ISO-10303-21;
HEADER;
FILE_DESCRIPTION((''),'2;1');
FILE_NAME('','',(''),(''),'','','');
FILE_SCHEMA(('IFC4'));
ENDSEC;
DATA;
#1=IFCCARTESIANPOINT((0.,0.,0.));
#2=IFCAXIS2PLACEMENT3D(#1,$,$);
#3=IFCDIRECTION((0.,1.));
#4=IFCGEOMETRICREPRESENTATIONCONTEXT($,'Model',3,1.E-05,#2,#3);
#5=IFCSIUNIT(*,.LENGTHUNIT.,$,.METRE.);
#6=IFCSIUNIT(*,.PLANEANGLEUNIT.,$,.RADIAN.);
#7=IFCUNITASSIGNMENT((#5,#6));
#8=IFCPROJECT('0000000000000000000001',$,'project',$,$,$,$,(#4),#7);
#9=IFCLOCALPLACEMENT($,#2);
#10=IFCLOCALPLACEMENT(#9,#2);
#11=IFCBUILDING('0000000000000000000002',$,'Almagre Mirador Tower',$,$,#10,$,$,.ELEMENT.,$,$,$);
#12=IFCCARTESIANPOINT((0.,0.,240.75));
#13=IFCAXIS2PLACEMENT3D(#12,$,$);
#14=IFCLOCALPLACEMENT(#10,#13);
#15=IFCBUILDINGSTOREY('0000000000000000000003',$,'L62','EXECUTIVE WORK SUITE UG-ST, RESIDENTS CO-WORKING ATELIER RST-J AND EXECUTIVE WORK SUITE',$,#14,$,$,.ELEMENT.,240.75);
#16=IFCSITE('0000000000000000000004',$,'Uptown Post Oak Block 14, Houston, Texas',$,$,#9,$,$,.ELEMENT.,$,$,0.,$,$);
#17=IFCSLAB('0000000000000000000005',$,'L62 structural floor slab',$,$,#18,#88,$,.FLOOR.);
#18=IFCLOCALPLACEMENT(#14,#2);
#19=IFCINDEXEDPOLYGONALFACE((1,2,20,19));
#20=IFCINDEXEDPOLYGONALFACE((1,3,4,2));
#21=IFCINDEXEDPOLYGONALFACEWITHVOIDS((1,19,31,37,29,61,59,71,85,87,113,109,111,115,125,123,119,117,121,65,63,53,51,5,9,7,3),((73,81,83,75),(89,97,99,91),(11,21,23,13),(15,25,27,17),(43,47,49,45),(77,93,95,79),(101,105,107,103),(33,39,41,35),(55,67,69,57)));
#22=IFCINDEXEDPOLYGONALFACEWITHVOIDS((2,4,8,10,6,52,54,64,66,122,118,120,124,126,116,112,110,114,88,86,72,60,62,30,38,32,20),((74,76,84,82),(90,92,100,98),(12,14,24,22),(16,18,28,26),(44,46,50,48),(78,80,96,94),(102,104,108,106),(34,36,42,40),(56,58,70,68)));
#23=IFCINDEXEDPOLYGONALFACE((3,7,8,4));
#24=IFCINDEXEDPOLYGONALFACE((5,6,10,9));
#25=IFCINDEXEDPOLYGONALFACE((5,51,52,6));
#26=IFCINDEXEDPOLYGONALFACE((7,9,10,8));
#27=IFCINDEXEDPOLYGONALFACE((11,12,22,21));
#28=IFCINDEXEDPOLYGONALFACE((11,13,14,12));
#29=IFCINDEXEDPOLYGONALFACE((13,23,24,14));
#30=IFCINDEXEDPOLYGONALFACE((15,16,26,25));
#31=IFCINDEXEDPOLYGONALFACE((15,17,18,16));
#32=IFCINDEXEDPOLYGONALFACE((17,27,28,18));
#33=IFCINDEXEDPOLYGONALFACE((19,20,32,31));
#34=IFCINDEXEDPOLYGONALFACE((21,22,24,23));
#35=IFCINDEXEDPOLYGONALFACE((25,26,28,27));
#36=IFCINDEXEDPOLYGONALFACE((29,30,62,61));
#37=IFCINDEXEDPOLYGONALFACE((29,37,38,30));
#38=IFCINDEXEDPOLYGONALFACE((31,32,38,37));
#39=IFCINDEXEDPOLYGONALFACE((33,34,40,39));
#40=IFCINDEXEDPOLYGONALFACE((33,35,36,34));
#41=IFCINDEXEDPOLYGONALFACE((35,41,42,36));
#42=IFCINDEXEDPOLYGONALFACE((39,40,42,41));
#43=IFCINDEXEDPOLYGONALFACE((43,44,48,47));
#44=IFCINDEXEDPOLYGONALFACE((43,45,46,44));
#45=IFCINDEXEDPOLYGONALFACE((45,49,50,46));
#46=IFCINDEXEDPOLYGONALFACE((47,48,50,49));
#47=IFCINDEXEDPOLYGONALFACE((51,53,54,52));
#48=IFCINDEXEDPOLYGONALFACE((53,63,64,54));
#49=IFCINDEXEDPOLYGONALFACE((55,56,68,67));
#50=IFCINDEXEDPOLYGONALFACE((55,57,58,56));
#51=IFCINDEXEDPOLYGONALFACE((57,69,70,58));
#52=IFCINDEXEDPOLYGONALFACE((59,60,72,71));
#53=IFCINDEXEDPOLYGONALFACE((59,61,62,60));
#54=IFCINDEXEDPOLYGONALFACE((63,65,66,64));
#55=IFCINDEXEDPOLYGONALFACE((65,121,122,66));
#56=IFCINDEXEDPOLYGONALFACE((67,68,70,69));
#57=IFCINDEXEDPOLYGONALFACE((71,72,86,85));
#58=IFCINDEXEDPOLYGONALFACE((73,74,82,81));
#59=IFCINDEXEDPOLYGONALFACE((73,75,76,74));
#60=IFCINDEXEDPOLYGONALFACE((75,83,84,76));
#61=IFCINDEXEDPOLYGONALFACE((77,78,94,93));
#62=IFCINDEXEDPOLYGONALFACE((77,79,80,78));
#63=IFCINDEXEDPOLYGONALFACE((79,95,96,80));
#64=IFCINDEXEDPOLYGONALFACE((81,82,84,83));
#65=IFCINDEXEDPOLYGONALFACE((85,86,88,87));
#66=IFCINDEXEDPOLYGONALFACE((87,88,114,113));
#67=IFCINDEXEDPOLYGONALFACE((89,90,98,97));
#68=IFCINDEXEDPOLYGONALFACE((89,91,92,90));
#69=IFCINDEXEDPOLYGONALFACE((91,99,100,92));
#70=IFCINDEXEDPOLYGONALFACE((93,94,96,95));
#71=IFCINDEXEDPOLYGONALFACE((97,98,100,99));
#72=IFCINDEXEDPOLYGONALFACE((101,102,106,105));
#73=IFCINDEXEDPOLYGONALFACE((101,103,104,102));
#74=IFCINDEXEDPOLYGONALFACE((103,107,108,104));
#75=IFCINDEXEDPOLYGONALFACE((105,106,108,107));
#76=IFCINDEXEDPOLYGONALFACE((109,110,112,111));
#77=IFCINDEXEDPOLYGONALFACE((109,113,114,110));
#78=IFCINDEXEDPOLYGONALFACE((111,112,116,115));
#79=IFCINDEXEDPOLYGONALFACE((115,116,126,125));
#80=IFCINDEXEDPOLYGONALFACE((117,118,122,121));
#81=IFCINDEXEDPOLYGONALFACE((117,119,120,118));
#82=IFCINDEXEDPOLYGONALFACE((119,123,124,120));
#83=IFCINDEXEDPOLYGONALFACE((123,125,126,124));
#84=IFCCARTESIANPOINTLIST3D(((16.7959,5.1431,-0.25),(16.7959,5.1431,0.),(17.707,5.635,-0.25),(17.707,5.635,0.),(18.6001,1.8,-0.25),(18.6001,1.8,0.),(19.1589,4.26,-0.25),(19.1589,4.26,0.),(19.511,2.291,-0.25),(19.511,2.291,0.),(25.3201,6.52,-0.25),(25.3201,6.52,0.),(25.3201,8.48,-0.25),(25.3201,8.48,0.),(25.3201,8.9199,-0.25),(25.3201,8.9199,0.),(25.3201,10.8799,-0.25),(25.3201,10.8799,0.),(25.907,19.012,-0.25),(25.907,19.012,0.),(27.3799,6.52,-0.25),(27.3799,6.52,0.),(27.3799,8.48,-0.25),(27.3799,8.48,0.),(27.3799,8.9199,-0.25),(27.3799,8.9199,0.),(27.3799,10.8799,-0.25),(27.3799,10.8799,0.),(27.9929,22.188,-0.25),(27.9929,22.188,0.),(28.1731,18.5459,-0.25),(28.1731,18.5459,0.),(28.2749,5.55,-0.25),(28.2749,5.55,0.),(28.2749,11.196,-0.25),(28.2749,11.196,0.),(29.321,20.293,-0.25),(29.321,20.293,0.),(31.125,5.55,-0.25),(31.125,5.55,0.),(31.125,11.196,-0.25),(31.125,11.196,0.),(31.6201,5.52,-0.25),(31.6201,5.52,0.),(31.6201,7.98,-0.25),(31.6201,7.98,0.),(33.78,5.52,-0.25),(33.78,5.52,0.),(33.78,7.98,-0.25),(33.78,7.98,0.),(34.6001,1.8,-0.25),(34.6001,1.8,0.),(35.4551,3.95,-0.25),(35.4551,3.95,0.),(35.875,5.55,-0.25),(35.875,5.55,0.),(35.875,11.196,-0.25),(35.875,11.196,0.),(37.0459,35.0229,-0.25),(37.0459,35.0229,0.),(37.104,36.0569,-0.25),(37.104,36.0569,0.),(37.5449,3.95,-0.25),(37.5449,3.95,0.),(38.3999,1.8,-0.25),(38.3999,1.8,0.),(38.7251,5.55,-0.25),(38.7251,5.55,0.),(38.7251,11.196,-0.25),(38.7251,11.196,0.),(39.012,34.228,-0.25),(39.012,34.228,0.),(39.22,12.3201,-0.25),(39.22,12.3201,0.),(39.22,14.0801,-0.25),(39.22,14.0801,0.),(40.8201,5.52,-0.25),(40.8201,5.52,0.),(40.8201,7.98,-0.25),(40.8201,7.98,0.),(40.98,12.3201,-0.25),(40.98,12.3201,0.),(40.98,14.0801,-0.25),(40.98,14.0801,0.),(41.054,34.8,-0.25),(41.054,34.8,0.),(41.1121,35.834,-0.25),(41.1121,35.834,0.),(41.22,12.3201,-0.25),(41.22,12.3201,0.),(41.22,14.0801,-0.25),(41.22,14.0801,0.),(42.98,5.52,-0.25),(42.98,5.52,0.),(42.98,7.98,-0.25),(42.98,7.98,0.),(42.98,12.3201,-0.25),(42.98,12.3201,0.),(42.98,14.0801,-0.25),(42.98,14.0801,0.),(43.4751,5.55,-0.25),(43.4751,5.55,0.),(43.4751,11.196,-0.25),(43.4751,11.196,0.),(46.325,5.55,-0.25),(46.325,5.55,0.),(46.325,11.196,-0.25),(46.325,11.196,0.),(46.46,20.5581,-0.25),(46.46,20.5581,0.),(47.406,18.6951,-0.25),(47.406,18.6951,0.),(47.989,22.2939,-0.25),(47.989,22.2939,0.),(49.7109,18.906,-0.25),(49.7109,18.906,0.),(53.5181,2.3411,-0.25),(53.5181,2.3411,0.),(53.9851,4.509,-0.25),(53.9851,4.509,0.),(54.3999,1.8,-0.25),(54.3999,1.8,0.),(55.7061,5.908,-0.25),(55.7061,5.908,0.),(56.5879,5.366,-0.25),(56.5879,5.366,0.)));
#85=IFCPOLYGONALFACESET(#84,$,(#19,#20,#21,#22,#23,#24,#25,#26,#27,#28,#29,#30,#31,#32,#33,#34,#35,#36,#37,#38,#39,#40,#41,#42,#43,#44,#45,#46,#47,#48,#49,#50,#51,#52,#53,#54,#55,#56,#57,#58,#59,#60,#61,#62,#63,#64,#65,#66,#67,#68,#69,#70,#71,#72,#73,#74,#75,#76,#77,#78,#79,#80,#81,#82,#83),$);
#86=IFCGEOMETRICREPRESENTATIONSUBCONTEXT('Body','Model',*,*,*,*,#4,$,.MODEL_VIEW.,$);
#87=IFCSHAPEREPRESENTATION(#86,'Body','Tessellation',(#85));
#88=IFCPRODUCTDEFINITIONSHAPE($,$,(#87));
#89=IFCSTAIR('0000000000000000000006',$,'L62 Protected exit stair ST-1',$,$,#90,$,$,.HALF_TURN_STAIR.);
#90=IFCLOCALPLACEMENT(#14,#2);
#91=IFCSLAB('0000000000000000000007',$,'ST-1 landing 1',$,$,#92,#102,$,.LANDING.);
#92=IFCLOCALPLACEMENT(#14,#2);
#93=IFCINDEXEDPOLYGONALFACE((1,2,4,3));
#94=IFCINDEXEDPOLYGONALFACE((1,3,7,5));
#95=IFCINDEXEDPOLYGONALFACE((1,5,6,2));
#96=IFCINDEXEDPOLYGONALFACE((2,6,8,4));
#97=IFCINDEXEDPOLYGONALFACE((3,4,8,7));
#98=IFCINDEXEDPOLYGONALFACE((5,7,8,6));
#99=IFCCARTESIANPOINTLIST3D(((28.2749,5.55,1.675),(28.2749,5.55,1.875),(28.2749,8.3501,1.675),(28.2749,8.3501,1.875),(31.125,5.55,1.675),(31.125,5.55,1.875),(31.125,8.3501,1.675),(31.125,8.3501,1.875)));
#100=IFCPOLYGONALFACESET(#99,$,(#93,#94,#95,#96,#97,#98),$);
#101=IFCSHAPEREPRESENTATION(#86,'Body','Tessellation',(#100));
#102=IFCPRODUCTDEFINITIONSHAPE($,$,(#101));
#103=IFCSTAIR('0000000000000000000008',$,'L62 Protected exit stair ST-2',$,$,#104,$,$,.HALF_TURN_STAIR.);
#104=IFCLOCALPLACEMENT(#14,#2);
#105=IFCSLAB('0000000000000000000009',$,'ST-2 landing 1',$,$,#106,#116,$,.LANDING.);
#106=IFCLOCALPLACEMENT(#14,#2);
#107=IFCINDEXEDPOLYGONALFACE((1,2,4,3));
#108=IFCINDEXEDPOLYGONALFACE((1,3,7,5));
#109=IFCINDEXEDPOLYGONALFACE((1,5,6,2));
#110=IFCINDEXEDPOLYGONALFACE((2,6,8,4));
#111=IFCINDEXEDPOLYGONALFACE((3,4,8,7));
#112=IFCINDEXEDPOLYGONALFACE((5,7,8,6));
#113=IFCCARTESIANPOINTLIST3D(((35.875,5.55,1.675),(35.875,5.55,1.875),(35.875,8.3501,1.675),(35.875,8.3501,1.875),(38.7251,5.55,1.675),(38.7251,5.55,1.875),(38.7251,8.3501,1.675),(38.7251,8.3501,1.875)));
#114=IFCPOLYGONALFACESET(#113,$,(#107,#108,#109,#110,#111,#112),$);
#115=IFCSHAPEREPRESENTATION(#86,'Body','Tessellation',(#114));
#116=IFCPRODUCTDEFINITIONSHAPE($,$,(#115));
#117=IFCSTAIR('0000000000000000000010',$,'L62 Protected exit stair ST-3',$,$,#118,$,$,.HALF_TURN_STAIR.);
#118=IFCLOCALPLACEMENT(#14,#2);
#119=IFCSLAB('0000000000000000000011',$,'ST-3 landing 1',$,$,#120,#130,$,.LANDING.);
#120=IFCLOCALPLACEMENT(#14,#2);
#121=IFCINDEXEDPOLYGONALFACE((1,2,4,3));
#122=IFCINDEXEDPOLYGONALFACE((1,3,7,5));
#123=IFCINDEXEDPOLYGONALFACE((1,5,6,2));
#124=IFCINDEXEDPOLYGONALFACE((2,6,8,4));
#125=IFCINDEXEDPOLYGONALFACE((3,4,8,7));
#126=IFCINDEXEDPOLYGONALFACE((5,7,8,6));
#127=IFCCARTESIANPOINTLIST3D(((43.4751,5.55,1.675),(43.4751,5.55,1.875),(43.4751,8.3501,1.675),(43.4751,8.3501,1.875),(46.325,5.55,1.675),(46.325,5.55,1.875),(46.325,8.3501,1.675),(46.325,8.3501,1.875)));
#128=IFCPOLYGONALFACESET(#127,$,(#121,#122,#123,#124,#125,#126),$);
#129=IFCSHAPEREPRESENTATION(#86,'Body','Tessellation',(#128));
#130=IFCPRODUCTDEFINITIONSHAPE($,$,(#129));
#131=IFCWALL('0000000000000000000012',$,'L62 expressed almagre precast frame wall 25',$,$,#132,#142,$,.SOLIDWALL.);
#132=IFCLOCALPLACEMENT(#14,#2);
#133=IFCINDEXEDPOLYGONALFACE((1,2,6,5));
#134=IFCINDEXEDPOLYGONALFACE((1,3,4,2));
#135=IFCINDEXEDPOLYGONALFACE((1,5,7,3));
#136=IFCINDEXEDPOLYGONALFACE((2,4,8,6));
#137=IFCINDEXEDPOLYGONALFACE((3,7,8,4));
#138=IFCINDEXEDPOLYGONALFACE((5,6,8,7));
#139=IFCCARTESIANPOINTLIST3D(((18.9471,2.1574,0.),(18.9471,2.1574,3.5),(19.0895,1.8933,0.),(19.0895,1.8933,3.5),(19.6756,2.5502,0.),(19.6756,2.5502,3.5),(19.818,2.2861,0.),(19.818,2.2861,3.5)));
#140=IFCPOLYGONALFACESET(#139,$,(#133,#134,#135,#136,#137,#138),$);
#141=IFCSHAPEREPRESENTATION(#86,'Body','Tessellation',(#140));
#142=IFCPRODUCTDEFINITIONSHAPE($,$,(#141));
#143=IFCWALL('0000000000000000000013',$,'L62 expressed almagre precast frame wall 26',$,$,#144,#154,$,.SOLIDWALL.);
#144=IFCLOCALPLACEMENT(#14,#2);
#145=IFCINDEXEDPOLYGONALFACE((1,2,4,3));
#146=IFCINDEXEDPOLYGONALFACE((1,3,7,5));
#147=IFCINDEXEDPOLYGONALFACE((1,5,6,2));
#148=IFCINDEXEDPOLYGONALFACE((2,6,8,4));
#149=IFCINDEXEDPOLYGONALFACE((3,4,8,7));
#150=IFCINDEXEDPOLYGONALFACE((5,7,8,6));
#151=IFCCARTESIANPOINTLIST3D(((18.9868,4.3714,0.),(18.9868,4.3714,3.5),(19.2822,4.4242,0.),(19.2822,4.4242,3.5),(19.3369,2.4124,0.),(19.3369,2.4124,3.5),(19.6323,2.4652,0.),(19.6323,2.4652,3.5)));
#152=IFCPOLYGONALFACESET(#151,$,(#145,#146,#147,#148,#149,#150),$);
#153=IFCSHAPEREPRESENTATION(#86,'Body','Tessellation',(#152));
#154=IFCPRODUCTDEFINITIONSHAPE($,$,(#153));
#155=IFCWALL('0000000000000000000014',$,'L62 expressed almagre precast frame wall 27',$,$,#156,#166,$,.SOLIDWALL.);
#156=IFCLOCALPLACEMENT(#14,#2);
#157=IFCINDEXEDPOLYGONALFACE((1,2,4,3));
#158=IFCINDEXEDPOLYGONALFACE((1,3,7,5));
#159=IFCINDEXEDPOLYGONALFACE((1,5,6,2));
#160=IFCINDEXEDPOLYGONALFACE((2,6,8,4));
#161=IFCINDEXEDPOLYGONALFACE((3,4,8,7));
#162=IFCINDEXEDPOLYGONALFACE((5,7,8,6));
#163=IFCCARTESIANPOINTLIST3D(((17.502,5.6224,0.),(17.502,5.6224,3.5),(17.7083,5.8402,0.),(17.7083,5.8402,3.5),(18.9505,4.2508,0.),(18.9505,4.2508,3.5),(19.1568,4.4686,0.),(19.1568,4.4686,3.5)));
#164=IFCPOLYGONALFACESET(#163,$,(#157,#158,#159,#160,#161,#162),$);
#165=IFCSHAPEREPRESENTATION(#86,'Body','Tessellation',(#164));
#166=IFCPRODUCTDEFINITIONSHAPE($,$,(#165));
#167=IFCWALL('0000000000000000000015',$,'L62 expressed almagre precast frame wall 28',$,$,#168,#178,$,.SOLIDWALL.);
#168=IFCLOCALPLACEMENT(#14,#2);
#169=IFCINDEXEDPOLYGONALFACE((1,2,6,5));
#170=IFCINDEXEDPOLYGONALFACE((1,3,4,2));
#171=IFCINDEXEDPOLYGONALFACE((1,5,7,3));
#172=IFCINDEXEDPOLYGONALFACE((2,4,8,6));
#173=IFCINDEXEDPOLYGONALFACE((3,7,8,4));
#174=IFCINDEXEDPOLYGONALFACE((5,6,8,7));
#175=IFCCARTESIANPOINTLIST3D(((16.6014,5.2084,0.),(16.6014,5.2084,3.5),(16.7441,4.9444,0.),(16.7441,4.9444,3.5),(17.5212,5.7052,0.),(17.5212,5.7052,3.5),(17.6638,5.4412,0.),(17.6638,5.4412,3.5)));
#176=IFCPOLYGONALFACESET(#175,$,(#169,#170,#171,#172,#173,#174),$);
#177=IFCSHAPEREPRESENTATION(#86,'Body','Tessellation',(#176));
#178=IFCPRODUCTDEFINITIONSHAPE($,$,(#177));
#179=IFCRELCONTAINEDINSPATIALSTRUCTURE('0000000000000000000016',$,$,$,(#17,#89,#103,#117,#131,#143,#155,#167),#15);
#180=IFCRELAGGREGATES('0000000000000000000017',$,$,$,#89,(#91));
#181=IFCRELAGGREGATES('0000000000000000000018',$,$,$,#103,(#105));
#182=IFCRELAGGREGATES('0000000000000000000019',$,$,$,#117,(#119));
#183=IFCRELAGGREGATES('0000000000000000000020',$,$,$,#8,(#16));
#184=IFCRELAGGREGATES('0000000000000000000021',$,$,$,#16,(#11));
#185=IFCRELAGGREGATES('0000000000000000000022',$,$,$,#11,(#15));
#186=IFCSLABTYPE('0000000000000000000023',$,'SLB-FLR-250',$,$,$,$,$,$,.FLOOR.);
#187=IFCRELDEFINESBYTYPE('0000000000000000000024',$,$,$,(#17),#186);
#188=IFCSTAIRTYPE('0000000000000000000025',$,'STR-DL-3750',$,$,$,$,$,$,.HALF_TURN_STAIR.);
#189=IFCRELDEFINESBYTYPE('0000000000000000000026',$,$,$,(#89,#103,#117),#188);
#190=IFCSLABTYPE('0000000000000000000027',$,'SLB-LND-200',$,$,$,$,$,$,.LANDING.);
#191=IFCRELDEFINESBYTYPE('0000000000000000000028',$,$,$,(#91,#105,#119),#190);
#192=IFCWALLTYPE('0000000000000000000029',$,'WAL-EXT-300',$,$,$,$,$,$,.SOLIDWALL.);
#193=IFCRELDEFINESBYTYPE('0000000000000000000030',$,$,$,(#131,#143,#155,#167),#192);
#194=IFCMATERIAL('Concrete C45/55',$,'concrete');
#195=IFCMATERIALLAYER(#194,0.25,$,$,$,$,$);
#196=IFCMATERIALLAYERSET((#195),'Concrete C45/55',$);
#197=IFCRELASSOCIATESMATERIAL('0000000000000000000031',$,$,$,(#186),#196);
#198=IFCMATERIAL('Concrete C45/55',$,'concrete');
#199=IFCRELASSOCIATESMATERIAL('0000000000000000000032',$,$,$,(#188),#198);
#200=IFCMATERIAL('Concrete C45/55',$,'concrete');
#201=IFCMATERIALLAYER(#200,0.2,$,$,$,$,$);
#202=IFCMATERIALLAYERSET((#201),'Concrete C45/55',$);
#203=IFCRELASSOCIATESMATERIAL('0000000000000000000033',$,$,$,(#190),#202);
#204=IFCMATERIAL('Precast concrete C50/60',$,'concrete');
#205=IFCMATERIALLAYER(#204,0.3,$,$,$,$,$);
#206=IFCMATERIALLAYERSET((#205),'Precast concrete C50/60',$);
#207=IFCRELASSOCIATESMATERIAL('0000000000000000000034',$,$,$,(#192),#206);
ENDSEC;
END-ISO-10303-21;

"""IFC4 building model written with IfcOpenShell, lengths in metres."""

from ifc_helpers import new_model, si_unit, direction, frame, frame_2d, origin, place, context, subcontext, project, spatial, polyline, rectangle, outline, extrude, material, layer, layer_set, type_object, element, aggregate, save


model = new_model("IFC4")

# Units and contexts
model_context = context("Model", 3, precision=1e-05, world=origin(), true_north=direction((0.0, 1.0)))
body_context = subcontext(model_context, "Body", "Model", "MODEL_VIEW")
ifc_project = project(units=[si_unit("LENGTHUNIT", "METRE"), si_unit("PLANEANGLEUNIT", "RADIAN")], contexts=[model_context])

# Site, building, storey
site_placement = place(None, origin())
site = spatial("IfcSite", under=ifc_project, at=site_placement, Name="Uptown Post Oak Block 14, Houston, Texas", CompositionType="ELEMENT", RefElevation=0.0)
building_placement = place(site_placement, origin())
building = spatial("IfcBuilding", under=site, at=building_placement, Name="Almagre Mirador Tower", CompositionType="ELEMENT")
storey_placement = place(building_placement, frame((0.0, 0.0, 240.75)))
storey = spatial("IfcBuildingStorey", under=building, at=storey_placement, Name="L62", Description="EXECUTIVE WORK SUITE UG-ST, RESIDENTS CO-WORKING ATELIER RST-J AND EXECUTIVE WORK SUITE", CompositionType="ELEMENT", Elevation=240.75)

# Slab
ifc_material_1 = material(Name="Concrete C45/55", Category="concrete")
ifc_layer_1 = layer(ifc_material_1, 0.25)
ifc_layer_set_1 = layer_set([ifc_layer_1], Name="Concrete C45/55")
slab_type_1 = type_object("IfcSlabType", Name="SLB-FLR-250", PredefinedType="FLOOR", material=ifc_layer_set_1)
slab_1_placement = place(storey_placement, frame((0.0, 0.0, -0.25)))
element("IfcSlab", 1, at=slab_1_placement, inside=storey, type_object=slab_type_1, Name="L62 structural floor slab", PredefinedType="FLOOR", context=body_context, shape_type="SweptSolid", body=[
    extrude(outline(polyline([(16.7959, 5.1431), (17.707, 5.635), (19.1589, 4.26), (19.511, 2.291), (18.6001, 1.8), (34.6001, 1.8), (35.4551, 3.95), (37.5449, 3.95), (38.3999, 1.8), (54.3999, 1.8), (53.5181, 2.3411), (53.9851, 4.509), (55.7061, 5.908), (56.5879, 5.366), (49.7109, 18.906), (47.406, 18.6951), (46.46, 20.5581), (47.989, 22.2939), (41.1121, 35.834), (41.054, 34.8), (39.012, 34.228), (37.0459, 35.0229), (37.104, 36.0569), (27.9929, 22.188), (29.321, 20.293), (28.1731, 18.5459), (25.907, 19.012), (16.7959, 5.1431)]), holes=[polyline([(43.4751, 5.55), (43.4751, 11.196), (46.325, 11.196), (46.325, 5.55), (43.4751, 5.55)]), polyline([(41.22, 12.3201), (41.22, 14.0801), (42.98, 14.0801), (42.98, 12.3201), (41.22, 12.3201)]), polyline([(42.98, 5.52), (40.8201, 5.52), (40.8201, 7.98), (42.98, 7.98), (42.98, 5.52)]), polyline([(39.22, 12.3201), (39.22, 14.0801), (40.98, 14.0801), (40.98, 12.3201), (39.22, 12.3201)]), polyline([(35.875, 5.55), (35.875, 11.196), (38.7251, 11.196), (38.7251, 5.55), (35.875, 5.55)]), polyline([(33.78, 5.52), (31.6201, 5.52), (31.6201, 7.98), (33.78, 7.98), (33.78, 5.52)]), polyline([(28.2749, 5.55), (28.2749, 11.196), (31.125, 11.196), (31.125, 5.55), (28.2749, 5.55)]), polyline([(27.3799, 6.52), (25.3201, 6.52), (25.3201, 8.48), (27.3799, 8.48), (27.3799, 6.52)]), polyline([(27.3799, 8.9199), (25.3201, 8.9199), (25.3201, 10.8799), (27.3799, 10.8799), (27.3799, 8.9199)])]), origin(), (0.0, 0.0, 1.0), 0.25),
])

# Stairs, slabs
ifc_material_2 = material(Name="Concrete C45/55", Category="concrete")
stair_type = type_object("IfcStairType", Name="STR-DL-3750", PredefinedType="HALF_TURN_STAIR", material=ifc_material_2)
stair_1_placement = place(storey_placement, origin())
stair_1 = element("IfcStair", 2, at=stair_1_placement, inside=storey, type_object=stair_type, Name="L62 Protected exit stair ST-1", PredefinedType="HALF_TURN_STAIR")
ifc_material_3 = material(Name="Concrete C45/55", Category="concrete")
ifc_layer_2 = layer(ifc_material_3, 0.2)
ifc_layer_set_2 = layer_set([ifc_layer_2], Name="Concrete C45/55")
slab_type_2 = type_object("IfcSlabType", Name="SLB-LND-200", PredefinedType="LANDING", material=ifc_layer_set_2)
slab_2_placement = place(storey_placement, frame((0.0, 0.0, 1.675)))
slab_2 = element("IfcSlab", 3, at=slab_2_placement, type_object=slab_type_2, Name="ST-1 landing 1", PredefinedType="LANDING", context=body_context, shape_type="SweptSolid", body=[
    extrude(outline(polyline([(28.2749, 8.3501), (28.2749, 5.55), (31.125, 5.55), (31.125, 8.3501), (28.2749, 8.3501)])), origin(), (0.0, 0.0, 1.0), 0.2),
])
aggregate(stair_1, [slab_2])
stair_2_placement = place(storey_placement, origin())
stair_2 = element("IfcStair", 4, at=stair_2_placement, inside=storey, type_object=stair_type, Name="L62 Protected exit stair ST-2", PredefinedType="HALF_TURN_STAIR")
slab_3_placement = place(storey_placement, frame((0.0, 0.0, 1.675)))
slab_3 = element("IfcSlab", 5, at=slab_3_placement, type_object=slab_type_2, Name="ST-2 landing 1", PredefinedType="LANDING", context=body_context, shape_type="SweptSolid", body=[
    extrude(outline(polyline([(35.875, 8.3501), (35.875, 5.55), (38.7251, 5.55), (38.7251, 8.3501), (35.875, 8.3501)])), origin(), (0.0, 0.0, 1.0), 0.2),
])
aggregate(stair_2, [slab_3])
stair_3_placement = place(storey_placement, origin())
stair_3 = element("IfcStair", 6, at=stair_3_placement, inside=storey, type_object=stair_type, Name="L62 Protected exit stair ST-3", PredefinedType="HALF_TURN_STAIR")
slab_4_placement = place(storey_placement, frame((0.0, 0.0, 1.675)))
slab_4 = element("IfcSlab", 7, at=slab_4_placement, type_object=slab_type_2, Name="ST-3 landing 1", PredefinedType="LANDING", context=body_context, shape_type="SweptSolid", body=[
    extrude(outline(polyline([(43.4751, 8.3501), (43.4751, 5.55), (46.325, 5.55), (46.325, 8.3501), (43.4751, 8.3501)])), origin(), (0.0, 0.0, 1.0), 0.2),
])
aggregate(stair_3, [slab_4])

# Walls
ifc_material_4 = material(Name="Precast concrete C50/60", Category="concrete")
ifc_layer_3 = layer(ifc_material_4, 0.3)
ifc_layer_set_3 = layer_set([ifc_layer_3], Name="Precast concrete C50/60")
wall_type_1 = type_object("IfcWallType", Name="WAL-EXT-300", PredefinedType="SOLIDWALL", material=ifc_layer_set_3)
wall_1_placement = place(storey_placement, frame((19.0183, 2.0254, 0.0), z_axis=(0.0, 0.0, 1.0), x_axis=(0.880196, 0.47461, 0.0)))
element("IfcWall", 8, at=wall_1_placement, inside=storey, type_object=wall_type_1, Name="L62 expressed almagre precast frame wall 25", PredefinedType="SOLIDWALL", context=body_context, shape_type="SweptSolid", body=[
    extrude(rectangle(XDim=0.8276, YDim=0.3, at=frame_2d((0.4138, 0.0))), origin(), (0.0, 0.0, 1.0), 3.5),
])
wall_2_placement = place(storey_placement, frame((19.4846, 2.4387, 0.0), z_axis=(0.0, 0.0, 1.0), x_axis=(-0.175927, 0.984403, 0.0)))
element("IfcWall", 9, at=wall_2_placement, inside=storey, type_object=wall_type_1, Name="L62 expressed almagre precast frame wall 26", PredefinedType="SOLIDWALL", context=body_context, shape_type="SweptSolid", body=[
    extrude(rectangle(XDim=1.99, YDim=0.3, at=frame_2d((0.9951, 0.0))), origin(), (0.0, 0.0, 1.0), 3.5),
])
wall_3_placement = place(storey_placement, frame((19.0537, 4.3596, 0.0), z_axis=(0.0, 0.0, 1.0), x_axis=(-0.72612, 0.687568, 0.0)))
element("IfcWall", 10, at=wall_3_placement, inside=storey, type_object=wall_type_1, Name="L62 expressed almagre precast frame wall 27", PredefinedType="SOLIDWALL", context=body_context, shape_type="SweptSolid", body=[
    extrude(rectangle(XDim=1.9949, YDim=0.3, at=frame_2d((0.9976, 0.0))), origin(), (0.0, 0.0, 1.0), 3.5),
])
wall_4_placement = place(storey_placement, frame((17.5925, 5.5732, 0.0), z_axis=(0.0, 0.0, 1.0), x_axis=(-0.879825, -0.475297, 0.0)))
element("IfcWall", 11, at=wall_4_placement, inside=storey, type_object=wall_type_1, Name="L62 expressed almagre precast frame wall 28", PredefinedType="SOLIDWALL", context=body_context, shape_type="SweptSolid", body=[
    extrude(rectangle(XDim=1.0454, YDim=0.3, at=frame_2d((0.5227, 0.0))), origin(), (0.0, 0.0, 1.0), 3.5),
])

save(model, "model.ifc")
